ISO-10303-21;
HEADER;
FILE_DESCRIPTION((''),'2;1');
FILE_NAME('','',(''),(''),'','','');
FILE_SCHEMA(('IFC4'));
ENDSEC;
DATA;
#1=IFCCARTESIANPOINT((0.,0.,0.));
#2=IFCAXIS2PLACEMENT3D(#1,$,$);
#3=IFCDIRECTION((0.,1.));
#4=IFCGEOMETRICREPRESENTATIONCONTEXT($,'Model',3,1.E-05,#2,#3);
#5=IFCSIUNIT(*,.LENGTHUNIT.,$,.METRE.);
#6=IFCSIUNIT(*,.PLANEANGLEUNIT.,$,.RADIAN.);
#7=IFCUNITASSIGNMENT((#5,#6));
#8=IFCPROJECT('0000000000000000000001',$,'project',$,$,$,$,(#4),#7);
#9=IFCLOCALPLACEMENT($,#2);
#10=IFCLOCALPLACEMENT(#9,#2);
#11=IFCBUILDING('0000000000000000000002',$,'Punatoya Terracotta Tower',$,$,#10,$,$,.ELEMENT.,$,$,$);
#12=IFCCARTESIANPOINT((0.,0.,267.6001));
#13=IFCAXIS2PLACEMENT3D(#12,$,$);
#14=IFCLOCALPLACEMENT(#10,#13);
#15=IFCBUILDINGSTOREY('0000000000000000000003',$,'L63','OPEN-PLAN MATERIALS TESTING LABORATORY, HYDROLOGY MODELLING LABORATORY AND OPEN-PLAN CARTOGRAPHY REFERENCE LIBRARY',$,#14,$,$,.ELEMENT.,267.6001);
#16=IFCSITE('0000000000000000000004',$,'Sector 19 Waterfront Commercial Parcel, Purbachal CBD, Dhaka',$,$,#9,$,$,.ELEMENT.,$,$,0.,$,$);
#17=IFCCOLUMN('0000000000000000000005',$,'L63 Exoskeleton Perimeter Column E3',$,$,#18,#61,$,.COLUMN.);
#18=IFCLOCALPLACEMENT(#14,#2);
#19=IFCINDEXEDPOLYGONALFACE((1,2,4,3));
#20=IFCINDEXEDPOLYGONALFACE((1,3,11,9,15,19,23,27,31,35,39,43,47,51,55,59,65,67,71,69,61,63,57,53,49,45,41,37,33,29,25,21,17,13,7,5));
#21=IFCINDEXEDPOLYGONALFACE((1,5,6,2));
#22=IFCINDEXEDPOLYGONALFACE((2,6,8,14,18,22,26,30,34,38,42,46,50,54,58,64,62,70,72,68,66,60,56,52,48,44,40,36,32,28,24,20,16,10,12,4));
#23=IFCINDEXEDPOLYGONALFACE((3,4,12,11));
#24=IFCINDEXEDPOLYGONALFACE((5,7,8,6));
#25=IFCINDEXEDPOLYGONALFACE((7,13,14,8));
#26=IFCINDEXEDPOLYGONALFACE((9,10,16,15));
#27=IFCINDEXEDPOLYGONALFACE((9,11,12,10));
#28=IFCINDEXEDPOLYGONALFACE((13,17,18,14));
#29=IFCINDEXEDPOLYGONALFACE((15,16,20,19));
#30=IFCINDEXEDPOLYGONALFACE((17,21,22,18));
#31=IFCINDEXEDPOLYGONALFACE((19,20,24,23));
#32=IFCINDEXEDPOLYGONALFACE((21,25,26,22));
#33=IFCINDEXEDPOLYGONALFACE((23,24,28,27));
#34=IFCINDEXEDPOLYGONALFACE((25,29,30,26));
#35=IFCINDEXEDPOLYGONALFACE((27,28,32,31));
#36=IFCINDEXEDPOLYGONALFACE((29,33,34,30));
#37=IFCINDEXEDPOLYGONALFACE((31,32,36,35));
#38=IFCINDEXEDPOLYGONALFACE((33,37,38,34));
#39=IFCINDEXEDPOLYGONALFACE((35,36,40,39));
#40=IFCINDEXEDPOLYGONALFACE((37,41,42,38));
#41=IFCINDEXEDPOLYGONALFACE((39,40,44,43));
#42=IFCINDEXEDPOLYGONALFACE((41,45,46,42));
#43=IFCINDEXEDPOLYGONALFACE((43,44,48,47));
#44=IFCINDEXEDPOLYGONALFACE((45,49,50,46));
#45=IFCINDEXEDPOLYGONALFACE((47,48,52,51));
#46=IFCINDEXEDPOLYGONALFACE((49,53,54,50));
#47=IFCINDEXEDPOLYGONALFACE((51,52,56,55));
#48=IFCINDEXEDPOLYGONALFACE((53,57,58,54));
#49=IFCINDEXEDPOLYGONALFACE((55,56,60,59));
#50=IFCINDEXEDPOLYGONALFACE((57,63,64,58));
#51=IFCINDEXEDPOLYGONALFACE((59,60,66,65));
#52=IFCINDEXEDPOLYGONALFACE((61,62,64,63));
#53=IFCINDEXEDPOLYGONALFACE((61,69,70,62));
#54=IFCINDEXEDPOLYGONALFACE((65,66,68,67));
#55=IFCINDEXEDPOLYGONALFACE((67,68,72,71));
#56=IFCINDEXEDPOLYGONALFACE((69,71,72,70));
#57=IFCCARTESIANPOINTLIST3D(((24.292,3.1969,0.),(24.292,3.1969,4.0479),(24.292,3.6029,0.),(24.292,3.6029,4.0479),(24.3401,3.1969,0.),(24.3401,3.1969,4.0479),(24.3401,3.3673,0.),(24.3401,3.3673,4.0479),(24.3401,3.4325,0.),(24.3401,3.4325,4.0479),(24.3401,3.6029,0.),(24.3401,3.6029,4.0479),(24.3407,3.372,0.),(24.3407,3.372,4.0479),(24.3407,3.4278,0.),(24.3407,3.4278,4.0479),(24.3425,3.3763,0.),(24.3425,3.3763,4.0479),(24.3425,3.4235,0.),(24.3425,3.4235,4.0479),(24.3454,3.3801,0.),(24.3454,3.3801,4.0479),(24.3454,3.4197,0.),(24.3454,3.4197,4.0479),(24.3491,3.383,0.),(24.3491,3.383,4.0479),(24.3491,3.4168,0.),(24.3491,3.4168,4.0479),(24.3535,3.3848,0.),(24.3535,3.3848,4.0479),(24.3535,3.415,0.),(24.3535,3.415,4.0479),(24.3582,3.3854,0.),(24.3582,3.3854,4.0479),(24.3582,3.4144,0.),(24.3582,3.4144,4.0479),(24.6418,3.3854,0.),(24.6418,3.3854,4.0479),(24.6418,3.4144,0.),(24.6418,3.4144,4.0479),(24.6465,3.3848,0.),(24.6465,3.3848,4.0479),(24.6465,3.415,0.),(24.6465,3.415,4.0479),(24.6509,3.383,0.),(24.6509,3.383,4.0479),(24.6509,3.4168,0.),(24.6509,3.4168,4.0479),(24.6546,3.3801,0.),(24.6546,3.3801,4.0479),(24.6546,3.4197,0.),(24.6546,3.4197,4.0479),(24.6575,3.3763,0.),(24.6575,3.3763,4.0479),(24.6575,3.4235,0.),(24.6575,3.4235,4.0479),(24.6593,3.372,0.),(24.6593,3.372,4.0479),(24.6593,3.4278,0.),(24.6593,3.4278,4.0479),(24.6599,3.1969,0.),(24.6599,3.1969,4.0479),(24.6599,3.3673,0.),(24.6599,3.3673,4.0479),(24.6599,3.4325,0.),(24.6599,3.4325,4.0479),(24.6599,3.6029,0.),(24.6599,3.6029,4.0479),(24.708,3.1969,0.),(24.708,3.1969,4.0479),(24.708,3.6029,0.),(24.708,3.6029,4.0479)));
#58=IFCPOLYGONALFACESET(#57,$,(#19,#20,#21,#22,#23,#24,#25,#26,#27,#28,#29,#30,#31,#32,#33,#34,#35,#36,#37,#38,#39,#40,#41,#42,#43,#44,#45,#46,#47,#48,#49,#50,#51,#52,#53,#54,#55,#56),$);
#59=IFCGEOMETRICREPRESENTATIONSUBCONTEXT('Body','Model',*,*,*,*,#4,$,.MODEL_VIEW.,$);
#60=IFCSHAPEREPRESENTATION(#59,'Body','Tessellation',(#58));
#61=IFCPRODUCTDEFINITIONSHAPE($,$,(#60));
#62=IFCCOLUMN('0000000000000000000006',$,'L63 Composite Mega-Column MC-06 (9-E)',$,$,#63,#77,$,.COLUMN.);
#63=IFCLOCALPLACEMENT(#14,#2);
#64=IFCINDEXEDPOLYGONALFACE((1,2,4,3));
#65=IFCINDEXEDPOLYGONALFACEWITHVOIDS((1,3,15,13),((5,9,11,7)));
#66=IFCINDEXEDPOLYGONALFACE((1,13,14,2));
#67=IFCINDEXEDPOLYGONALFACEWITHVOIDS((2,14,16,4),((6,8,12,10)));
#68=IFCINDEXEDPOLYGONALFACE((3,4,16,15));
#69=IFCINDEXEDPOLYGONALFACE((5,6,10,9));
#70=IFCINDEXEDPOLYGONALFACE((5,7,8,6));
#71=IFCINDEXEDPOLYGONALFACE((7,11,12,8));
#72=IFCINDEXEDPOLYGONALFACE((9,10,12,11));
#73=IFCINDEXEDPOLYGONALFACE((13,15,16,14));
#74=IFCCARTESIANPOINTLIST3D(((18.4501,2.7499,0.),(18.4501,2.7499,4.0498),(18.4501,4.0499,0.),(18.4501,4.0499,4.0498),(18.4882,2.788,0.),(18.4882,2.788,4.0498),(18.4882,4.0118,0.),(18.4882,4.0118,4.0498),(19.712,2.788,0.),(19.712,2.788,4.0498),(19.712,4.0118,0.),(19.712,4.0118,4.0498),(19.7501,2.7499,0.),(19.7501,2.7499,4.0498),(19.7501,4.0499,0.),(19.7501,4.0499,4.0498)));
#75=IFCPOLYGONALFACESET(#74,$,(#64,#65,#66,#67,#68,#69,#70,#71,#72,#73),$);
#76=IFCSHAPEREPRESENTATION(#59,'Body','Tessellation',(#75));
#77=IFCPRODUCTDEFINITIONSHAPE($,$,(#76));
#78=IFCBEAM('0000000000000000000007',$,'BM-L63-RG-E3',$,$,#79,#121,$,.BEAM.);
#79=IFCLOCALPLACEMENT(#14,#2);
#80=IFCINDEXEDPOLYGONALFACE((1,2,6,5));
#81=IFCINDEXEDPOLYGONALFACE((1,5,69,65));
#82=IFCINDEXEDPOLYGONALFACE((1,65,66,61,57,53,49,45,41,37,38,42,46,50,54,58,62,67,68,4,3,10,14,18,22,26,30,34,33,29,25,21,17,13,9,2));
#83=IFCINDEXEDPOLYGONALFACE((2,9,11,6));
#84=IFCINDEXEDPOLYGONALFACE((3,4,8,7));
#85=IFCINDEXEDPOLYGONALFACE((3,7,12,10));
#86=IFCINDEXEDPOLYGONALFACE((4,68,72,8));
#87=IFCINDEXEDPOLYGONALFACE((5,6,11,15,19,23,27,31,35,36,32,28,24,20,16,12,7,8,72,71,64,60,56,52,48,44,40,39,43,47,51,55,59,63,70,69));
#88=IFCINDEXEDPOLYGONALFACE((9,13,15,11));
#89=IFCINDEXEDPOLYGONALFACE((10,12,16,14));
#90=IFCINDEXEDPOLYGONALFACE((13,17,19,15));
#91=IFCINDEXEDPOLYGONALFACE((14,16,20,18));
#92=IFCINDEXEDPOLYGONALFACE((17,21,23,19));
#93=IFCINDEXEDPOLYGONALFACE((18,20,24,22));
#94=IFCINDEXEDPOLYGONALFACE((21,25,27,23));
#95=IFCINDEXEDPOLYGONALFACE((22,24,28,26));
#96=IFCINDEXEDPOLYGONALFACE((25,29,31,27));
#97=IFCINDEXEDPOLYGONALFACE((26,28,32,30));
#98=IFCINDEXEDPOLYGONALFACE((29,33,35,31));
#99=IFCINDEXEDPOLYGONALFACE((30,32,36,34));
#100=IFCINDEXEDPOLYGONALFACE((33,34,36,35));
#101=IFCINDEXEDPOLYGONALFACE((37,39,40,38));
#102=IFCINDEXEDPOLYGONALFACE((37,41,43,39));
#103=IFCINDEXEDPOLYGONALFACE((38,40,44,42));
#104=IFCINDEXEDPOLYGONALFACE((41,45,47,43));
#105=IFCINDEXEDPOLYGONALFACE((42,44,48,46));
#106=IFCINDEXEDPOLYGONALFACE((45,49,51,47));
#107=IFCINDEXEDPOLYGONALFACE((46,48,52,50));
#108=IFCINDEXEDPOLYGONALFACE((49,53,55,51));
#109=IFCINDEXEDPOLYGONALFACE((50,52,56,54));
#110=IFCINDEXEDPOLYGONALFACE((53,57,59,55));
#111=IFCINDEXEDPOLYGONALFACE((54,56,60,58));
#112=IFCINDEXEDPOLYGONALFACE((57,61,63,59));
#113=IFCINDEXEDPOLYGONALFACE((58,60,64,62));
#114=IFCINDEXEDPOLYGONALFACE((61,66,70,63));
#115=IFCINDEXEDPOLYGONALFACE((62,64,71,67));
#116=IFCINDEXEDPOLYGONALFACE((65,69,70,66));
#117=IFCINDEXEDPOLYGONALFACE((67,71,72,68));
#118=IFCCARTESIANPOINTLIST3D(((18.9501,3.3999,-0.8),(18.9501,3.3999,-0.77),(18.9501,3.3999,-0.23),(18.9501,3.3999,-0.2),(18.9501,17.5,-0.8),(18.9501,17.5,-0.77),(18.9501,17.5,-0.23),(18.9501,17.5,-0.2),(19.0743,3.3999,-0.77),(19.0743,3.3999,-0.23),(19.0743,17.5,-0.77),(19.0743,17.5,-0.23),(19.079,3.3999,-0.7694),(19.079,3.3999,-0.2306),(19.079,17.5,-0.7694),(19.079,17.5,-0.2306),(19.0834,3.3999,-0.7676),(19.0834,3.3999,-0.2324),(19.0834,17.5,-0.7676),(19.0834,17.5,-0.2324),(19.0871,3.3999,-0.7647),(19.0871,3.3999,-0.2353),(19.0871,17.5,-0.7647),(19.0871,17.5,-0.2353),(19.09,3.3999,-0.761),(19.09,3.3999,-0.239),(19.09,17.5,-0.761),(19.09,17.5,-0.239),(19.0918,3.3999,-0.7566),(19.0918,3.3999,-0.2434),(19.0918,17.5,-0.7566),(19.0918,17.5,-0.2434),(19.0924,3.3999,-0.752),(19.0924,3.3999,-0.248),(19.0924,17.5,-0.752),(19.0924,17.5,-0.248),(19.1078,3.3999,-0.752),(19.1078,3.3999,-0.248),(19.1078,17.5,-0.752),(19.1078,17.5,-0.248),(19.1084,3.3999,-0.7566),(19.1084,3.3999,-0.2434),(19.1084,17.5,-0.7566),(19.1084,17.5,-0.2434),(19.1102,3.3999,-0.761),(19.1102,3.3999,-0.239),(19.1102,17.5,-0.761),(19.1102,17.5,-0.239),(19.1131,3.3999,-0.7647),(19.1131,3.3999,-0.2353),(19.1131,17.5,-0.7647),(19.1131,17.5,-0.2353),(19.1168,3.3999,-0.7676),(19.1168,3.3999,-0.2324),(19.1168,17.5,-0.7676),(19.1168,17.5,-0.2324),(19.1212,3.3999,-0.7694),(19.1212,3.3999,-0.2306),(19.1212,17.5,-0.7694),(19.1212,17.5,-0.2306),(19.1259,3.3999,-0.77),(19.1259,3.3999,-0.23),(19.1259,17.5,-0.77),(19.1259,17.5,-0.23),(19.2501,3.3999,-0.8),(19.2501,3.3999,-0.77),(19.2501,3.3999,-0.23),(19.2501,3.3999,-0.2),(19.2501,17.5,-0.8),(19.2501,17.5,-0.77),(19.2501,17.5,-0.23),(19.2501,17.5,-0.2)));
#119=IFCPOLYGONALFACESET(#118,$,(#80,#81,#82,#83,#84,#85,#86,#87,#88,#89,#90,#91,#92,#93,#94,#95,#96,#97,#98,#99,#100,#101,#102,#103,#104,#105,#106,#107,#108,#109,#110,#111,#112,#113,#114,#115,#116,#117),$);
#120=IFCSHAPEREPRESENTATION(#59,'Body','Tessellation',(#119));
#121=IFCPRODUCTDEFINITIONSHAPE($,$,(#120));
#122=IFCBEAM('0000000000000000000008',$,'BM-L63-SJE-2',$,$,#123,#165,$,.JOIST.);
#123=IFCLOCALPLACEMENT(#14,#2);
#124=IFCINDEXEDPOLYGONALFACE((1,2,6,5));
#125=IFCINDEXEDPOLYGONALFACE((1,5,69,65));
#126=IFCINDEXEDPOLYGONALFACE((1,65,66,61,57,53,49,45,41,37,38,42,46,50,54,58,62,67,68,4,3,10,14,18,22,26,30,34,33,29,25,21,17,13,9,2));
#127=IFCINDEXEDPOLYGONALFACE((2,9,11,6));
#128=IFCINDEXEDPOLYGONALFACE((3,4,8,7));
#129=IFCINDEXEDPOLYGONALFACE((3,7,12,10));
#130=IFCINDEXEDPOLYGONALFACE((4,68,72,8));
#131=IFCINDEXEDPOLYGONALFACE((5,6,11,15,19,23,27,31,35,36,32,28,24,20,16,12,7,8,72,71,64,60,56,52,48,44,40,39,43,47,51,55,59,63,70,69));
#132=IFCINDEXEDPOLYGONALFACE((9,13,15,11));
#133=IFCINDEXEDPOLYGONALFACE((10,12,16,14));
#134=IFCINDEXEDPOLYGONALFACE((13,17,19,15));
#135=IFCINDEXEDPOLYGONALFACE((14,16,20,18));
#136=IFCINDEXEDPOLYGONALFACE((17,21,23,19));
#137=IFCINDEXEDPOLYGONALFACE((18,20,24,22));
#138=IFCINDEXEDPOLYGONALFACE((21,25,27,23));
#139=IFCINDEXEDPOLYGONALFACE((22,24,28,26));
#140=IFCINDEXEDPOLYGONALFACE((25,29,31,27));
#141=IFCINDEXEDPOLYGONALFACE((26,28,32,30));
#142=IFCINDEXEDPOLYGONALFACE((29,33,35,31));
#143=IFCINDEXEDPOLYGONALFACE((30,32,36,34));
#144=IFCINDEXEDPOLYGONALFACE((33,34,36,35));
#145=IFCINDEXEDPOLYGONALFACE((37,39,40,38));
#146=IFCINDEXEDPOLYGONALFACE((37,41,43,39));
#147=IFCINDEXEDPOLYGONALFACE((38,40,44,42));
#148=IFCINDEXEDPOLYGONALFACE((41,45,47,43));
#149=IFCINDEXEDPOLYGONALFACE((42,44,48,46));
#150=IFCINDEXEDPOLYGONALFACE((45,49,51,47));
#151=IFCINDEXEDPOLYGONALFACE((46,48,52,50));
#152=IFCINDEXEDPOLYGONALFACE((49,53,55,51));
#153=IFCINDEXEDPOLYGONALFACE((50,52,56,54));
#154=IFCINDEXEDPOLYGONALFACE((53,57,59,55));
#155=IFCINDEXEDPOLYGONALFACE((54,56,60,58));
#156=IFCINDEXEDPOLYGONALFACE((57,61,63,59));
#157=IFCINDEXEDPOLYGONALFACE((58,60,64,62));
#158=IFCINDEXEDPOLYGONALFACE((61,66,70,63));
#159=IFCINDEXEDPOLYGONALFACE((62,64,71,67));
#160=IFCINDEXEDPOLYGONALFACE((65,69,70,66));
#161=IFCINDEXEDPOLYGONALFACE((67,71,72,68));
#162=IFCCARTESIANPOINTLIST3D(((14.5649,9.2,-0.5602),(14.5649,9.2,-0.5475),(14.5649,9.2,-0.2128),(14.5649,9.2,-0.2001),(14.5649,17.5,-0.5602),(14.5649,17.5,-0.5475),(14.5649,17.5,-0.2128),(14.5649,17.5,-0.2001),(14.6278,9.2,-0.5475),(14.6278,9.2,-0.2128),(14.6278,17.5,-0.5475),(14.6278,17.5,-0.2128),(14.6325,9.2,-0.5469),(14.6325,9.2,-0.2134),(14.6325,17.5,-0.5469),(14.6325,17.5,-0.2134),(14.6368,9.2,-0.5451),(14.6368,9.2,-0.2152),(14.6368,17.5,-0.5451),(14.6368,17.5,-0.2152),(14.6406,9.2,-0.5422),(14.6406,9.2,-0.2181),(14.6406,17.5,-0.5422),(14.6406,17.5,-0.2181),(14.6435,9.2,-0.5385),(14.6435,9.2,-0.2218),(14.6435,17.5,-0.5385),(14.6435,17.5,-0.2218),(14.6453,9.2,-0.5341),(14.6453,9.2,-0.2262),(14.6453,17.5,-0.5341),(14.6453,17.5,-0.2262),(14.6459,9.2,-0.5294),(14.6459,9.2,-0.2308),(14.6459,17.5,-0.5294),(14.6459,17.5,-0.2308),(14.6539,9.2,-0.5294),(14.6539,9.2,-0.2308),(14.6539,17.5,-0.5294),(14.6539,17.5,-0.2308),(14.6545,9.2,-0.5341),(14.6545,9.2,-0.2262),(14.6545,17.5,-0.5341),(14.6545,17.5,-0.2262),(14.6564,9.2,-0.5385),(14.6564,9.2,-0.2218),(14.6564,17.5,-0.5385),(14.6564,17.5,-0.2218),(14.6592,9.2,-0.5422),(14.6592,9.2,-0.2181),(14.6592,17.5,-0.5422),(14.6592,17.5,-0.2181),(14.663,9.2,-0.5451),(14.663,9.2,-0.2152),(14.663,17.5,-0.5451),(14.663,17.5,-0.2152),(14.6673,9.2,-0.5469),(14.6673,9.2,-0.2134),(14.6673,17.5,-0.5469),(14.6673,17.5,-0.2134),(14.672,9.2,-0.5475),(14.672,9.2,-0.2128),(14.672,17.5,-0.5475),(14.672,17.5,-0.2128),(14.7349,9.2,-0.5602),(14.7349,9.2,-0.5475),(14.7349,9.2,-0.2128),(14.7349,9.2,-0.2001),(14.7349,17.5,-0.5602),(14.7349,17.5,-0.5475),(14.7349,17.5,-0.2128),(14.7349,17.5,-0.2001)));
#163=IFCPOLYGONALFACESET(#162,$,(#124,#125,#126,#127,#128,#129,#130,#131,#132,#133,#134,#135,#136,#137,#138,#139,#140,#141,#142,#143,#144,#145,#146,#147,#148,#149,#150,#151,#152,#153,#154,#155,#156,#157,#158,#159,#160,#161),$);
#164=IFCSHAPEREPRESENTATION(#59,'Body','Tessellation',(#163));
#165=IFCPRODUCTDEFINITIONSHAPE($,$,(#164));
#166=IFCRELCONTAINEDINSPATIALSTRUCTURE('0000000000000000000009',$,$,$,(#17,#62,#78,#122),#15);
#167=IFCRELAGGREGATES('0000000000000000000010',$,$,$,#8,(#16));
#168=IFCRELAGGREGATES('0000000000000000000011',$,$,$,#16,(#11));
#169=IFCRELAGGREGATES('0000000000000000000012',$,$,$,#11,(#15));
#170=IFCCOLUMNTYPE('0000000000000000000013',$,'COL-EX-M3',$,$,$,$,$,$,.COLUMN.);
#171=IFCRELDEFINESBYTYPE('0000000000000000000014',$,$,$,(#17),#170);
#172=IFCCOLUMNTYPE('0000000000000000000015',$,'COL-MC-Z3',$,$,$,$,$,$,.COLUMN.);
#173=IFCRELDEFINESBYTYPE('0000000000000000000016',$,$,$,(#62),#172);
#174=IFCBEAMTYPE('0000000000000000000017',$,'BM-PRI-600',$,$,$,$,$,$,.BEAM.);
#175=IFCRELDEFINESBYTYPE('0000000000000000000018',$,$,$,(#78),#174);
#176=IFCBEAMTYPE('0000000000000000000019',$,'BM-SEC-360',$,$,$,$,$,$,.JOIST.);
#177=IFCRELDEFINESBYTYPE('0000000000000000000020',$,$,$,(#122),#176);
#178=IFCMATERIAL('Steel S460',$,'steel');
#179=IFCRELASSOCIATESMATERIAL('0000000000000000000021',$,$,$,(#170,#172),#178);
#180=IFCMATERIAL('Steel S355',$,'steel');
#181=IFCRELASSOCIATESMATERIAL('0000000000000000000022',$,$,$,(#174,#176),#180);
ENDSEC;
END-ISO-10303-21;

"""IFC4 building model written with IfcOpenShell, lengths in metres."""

from ifc_helpers import new_model, si_unit, direction, frame, origin, origin_2d, place, context, subcontext, project, spatial, hollow_rectangle, i_section, extrude, material, material_profile, profile_set, type_object, element, save


model = new_model("IFC4")

# Units and contexts
model_context = context("Model", 3, precision=1e-05, world=origin(), true_north=direction((0.0, 1.0)))
body_context = subcontext(model_context, "Body", "Model", "MODEL_VIEW")
ifc_project = project(units=[si_unit("LENGTHUNIT", "METRE"), si_unit("PLANEANGLEUNIT", "RADIAN")], contexts=[model_context])

# Site, building, storey
site_placement = place(None, origin())
site = spatial("IfcSite", under=ifc_project, at=site_placement, Name="Sector 19 Waterfront Commercial Parcel, Purbachal CBD, Dhaka", CompositionType="ELEMENT", RefElevation=0.0)
building_placement = place(site_placement, origin())
building = spatial("IfcBuilding", under=site, at=building_placement, Name="Punatoya Terracotta Tower", CompositionType="ELEMENT")
storey_placement = place(building_placement, frame((0.0, 0.0, 267.6001)))
storey = spatial("IfcBuildingStorey", under=building, at=storey_placement, Name="L63", Description="OPEN-PLAN MATERIALS TESTING LABORATORY, HYDROLOGY MODELLING LABORATORY AND OPEN-PLAN CARTOGRAPHY REFERENCE LIBRARY", CompositionType="ELEMENT", Elevation=267.6001)

# Columns
ifc_material_1 = material(Name="Steel S460", Category="steel")
ifc_material_profile_1 = material_profile(ifc_material_1, i_section(OverallWidth=0.406, OverallDepth=0.416, WebThickness=0.0291, FlangeThickness=0.0481, FilletRadius=0.0181, at=origin_2d()))
ifc_profile_set_1 = profile_set([ifc_material_profile_1], Name="Steel S460")
column_type_1 = type_object("IfcColumnType", Name="COL-EX-M3", PredefinedType="COLUMN", material=ifc_profile_set_1)
column_1_placement = place(storey_placement, frame((24.5, 3.3999, 0.0), z_axis=(0.0, 0.0, 1.0), x_axis=(0.0, 1.0, 0.0)))
element("IfcColumn", 1, at=column_1_placement, inside=storey, type_object=column_type_1, Name="L63 Exoskeleton Perimeter Column E3", PredefinedType="COLUMN", context=body_context, shape_type="SweptSolid", body=[
    extrude(i_section(OverallWidth=0.406, OverallDepth=0.416, WebThickness=0.0291, FlangeThickness=0.0481, FilletRadius=0.0181, at=origin_2d()), origin(), (0.0, 0.0, 1.0), 4.0479),
])
ifc_material_profile_2 = material_profile(ifc_material_1, hollow_rectangle(XDim=1.3, YDim=1.3, WallThickness=0.0381, at=origin_2d()))
ifc_profile_set_2 = profile_set([ifc_material_profile_2], Name="Steel S460")
column_type_2 = type_object("IfcColumnType", Name="COL-MC-Z3", PredefinedType="COLUMN", material=ifc_profile_set_2)
column_2_placement = place(storey_placement, frame((19.1001, 3.3999, 0.0), z_axis=(0.0, 0.0, 1.0), x_axis=(1.0, 0.0, 0.0)))
element("IfcColumn", 2, at=column_2_placement, inside=storey, type_object=column_type_2, Name="L63 Composite Mega-Column MC-06 (9-E)", PredefinedType="COLUMN", context=body_context, shape_type="SweptSolid", body=[
    extrude(hollow_rectangle(XDim=1.3, YDim=1.3, WallThickness=0.0381, at=origin_2d()), origin(), (0.0, 0.0, 1.0), 4.0498),
])

# Beams
ifc_material_2 = material(Name="Steel S355", Category="steel")
ifc_material_profile_3 = material_profile(ifc_material_2, i_section(OverallWidth=0.3, OverallDepth=0.6001, WebThickness=0.0154, FlangeThickness=0.03, FilletRadius=0.0181, at=origin_2d()))
ifc_profile_set_3 = profile_set([ifc_material_profile_3], Name="Steel S355")
beam_type_1 = type_object("IfcBeamType", Name="BM-PRI-600", PredefinedType="BEAM", material=ifc_profile_set_3)
beam_1_placement = place(storey_placement, frame((19.1001, 3.3999, -0.5), z_axis=(0.0, 1.0, 0.0), x_axis=(-1.0, 0.0, 0.0)))
element("IfcBeam", 3, at=beam_1_placement, inside=storey, type_object=beam_type_1, Name="BM-L63-RG-E3", PredefinedType="BEAM", context=body_context, shape_type="SweptSolid", body=[
    extrude(i_section(OverallWidth=0.3, OverallDepth=0.6001, WebThickness=0.0154, FlangeThickness=0.03, FilletRadius=0.0181, at=origin_2d()), origin(), (0.0, 0.0, 1.0), 14.1001),
])
ifc_material_profile_4 = material_profile(ifc_material_2, i_section(OverallWidth=0.1699, OverallDepth=0.3601, WebThickness=0.0081, FlangeThickness=0.0127, FilletRadius=0.0181, at=origin_2d()))
ifc_profile_set_4 = profile_set([ifc_material_profile_4], Name="Steel S355")
beam_type_2 = type_object("IfcBeamType", Name="BM-SEC-360", PredefinedType="JOIST", material=ifc_profile_set_4)
beam_2_placement = place(storey_placement, frame((14.6499, 9.2, -0.3801), z_axis=(0.0, 1.0, 0.0), x_axis=(-1.0, 0.0, 0.0)))
element("IfcBeam", 4, at=beam_2_placement, inside=storey, type_object=beam_type_2, Name="BM-L63-SJE-2", PredefinedType="JOIST", context=body_context, shape_type="SweptSolid", body=[
    extrude(i_section(OverallWidth=0.1699, OverallDepth=0.3601, WebThickness=0.0081, FlangeThickness=0.0127, FilletRadius=0.0181, at=origin_2d()), origin(), (0.0, 0.0, 1.0), 8.3),
])

save(model, "model.ifc")
